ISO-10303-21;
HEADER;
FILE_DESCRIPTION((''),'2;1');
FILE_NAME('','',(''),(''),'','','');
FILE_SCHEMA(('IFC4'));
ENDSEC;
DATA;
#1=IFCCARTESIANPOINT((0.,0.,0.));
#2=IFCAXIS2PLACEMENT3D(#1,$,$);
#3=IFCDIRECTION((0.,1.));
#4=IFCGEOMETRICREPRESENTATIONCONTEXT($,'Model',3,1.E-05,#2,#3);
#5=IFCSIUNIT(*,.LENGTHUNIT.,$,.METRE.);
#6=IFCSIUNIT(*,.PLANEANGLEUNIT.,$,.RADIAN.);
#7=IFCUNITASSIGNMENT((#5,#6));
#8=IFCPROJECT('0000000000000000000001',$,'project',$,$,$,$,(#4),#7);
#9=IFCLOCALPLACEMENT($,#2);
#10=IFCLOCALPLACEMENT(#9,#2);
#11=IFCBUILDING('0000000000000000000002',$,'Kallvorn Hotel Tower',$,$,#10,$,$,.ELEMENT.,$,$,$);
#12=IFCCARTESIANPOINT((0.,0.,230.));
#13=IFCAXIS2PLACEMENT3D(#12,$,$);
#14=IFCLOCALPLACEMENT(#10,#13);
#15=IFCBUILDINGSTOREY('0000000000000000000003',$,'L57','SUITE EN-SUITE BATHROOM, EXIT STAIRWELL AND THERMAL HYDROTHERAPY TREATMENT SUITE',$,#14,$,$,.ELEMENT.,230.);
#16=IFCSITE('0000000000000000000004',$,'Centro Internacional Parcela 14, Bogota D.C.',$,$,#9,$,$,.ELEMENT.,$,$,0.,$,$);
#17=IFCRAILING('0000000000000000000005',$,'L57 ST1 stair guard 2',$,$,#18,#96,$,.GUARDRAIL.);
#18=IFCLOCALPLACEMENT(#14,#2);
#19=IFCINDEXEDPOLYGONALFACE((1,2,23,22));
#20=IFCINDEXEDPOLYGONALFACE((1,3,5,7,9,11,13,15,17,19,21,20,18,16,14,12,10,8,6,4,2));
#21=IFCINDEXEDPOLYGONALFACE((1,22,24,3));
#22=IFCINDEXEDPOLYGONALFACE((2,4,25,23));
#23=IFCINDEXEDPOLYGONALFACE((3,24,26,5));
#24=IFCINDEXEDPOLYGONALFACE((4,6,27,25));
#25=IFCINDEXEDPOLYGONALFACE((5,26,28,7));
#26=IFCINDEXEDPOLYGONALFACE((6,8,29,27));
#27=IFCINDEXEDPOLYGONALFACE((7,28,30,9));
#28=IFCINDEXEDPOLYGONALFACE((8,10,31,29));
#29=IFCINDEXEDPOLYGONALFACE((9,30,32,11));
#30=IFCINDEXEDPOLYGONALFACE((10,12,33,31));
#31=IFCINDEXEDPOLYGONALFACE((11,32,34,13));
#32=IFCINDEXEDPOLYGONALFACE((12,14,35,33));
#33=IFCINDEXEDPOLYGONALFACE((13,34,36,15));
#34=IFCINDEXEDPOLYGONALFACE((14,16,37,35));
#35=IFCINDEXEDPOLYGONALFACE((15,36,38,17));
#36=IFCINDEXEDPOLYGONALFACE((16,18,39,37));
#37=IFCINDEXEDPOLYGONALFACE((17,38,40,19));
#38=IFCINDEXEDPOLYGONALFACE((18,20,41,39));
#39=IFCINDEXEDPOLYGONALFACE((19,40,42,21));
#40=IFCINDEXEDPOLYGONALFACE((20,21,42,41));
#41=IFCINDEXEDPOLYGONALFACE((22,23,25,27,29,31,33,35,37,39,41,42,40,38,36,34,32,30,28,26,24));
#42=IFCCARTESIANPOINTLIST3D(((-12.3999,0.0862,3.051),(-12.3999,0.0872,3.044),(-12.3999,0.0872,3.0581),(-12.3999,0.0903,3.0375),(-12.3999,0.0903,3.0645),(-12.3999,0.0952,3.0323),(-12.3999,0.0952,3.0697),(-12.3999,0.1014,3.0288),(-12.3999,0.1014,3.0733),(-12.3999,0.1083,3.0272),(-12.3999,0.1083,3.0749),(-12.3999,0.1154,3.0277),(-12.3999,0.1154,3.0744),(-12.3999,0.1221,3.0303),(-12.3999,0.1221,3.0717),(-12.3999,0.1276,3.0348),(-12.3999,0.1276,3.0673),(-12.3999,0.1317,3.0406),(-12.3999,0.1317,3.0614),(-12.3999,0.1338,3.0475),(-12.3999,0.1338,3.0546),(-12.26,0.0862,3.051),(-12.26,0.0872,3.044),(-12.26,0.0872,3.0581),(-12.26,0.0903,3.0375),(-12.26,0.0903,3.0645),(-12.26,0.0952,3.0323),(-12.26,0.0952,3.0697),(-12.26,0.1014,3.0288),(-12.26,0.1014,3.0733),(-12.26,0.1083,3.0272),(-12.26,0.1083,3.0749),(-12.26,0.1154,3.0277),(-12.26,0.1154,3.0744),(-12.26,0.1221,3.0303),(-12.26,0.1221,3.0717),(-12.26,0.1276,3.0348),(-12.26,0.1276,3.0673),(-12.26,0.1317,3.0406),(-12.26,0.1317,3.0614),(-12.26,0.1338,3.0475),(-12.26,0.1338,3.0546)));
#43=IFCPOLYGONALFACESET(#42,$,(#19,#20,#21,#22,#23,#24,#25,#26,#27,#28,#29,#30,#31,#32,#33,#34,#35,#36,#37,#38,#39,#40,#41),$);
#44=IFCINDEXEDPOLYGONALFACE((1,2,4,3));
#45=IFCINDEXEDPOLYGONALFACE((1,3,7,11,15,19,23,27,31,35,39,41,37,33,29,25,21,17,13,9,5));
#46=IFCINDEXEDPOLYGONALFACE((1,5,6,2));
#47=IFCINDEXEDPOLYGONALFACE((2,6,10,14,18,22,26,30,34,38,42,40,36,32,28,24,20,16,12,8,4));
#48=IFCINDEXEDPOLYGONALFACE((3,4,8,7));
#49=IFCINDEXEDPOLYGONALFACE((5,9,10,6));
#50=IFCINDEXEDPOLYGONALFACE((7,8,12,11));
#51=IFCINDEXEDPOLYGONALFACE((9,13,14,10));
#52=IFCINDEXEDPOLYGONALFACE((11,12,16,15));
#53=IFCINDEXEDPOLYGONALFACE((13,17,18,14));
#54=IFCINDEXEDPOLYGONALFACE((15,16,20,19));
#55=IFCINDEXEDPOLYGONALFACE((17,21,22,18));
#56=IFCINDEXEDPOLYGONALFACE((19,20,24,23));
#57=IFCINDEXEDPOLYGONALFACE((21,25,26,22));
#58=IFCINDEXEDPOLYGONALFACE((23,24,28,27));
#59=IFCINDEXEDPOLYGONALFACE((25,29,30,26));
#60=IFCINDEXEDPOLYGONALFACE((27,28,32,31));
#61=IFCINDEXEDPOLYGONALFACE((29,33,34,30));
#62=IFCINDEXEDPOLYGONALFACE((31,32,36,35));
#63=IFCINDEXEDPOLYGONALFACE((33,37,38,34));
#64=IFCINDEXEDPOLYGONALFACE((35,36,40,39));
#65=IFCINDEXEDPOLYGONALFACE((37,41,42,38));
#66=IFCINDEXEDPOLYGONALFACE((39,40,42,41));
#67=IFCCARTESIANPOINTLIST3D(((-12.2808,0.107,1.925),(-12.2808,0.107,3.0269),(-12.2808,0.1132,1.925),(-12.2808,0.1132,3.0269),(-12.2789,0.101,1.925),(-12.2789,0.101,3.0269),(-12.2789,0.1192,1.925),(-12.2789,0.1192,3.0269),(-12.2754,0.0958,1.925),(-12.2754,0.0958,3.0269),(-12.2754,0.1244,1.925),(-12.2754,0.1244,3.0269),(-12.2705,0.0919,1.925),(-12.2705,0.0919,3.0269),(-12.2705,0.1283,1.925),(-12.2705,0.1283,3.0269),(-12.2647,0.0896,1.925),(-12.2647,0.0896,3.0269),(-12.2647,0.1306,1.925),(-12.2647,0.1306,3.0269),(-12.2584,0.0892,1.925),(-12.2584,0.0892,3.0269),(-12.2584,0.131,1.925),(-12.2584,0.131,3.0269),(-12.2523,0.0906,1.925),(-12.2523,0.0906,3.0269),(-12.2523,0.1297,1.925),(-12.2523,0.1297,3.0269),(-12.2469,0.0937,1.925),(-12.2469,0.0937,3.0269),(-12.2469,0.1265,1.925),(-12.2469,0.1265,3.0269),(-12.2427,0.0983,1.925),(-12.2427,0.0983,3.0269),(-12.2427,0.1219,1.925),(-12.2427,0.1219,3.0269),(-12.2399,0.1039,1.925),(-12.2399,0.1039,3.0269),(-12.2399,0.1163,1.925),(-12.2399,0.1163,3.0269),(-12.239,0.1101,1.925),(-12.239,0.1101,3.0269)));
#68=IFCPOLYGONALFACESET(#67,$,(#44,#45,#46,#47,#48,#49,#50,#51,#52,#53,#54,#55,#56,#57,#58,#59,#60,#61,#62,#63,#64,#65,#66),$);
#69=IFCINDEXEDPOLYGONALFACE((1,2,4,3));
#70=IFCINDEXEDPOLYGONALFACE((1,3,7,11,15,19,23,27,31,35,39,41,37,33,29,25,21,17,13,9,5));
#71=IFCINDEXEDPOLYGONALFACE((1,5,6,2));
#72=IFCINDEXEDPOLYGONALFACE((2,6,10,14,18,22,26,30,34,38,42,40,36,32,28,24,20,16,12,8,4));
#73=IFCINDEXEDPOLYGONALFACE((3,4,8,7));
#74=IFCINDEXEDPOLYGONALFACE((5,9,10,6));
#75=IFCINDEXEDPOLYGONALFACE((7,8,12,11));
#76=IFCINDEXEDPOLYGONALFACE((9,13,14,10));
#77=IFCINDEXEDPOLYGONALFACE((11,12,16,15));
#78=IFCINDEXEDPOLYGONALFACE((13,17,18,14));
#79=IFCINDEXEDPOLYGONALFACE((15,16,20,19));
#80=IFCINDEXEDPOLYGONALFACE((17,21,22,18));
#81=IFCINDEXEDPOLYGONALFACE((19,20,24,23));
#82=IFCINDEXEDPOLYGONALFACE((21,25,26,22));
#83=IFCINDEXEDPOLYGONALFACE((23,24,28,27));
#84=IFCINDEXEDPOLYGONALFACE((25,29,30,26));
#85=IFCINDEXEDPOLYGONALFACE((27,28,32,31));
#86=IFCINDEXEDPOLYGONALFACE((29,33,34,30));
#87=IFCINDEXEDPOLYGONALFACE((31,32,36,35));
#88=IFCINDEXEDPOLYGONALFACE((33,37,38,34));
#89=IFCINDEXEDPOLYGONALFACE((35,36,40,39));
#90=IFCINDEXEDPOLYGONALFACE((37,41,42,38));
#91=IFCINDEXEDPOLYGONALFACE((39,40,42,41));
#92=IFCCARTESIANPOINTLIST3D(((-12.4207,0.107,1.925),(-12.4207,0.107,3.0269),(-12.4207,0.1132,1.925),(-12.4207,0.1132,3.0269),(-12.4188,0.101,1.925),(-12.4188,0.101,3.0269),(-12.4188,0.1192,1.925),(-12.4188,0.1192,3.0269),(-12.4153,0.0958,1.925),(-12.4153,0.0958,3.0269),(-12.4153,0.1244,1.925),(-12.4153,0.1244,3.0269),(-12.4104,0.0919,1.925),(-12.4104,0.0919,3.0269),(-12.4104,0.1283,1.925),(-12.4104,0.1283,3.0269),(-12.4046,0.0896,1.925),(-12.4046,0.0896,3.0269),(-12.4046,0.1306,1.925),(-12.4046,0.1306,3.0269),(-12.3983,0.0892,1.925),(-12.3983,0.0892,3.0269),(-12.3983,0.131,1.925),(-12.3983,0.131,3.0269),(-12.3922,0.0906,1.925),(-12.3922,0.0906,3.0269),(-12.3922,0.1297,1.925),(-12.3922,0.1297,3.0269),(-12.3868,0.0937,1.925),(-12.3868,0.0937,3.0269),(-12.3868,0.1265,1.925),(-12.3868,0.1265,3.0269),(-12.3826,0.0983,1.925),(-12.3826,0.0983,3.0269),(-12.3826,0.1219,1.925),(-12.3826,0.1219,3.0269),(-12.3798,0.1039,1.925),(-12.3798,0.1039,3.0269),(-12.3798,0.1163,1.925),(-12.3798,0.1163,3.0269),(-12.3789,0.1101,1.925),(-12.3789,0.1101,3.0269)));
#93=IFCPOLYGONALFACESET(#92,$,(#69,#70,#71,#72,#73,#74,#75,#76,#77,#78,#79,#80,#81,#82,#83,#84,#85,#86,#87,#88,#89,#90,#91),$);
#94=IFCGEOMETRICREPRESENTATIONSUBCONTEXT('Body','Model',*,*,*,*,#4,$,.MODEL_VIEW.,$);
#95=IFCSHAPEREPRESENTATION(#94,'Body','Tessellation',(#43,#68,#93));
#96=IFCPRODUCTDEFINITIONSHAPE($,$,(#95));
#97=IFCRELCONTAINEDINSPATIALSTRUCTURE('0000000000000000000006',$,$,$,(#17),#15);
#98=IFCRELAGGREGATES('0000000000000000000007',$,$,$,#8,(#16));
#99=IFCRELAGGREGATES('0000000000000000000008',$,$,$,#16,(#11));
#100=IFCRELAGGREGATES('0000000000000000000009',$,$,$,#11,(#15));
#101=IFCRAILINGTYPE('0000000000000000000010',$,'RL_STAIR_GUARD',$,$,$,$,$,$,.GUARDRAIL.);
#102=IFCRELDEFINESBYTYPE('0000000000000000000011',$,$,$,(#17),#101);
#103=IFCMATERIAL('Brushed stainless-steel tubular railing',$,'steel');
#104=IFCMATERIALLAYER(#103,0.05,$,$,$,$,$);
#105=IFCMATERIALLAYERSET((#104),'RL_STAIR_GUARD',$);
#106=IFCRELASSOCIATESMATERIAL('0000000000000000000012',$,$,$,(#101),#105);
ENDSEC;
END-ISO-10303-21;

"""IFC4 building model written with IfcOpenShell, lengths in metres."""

from ifc_helpers import new_model, si_unit, direction, frame, origin, origin_2d, place, context, subcontext, project, spatial, circle, extrude, material, layer, layer_set, type_object, element, save


model = new_model("IFC4")

# Units and contexts
model_context = context("Model", 3, precision=1e-05, world=origin(), true_north=direction((0.0, 1.0)))
body_context = subcontext(model_context, "Body", "Model", "MODEL_VIEW")
ifc_project = project(units=[si_unit("LENGTHUNIT", "METRE"), si_unit("PLANEANGLEUNIT", "RADIAN")], contexts=[model_context])

# Site, building, storey
site_placement = place(None, origin())
site = spatial("IfcSite", under=ifc_project, at=site_placement, Name="Centro Internacional Parcela 14, Bogota D.C.", CompositionType="ELEMENT", RefElevation=0.0)
building_placement = place(site_placement, origin())
building = spatial("IfcBuilding", under=site, at=building_placement, Name="Kallvorn Hotel Tower", CompositionType="ELEMENT")
storey_placement = place(building_placement, frame((0.0, 0.0, 230.0)))
storey = spatial("IfcBuildingStorey", under=building, at=storey_placement, Name="L57", Description="SUITE EN-SUITE BATHROOM, EXIT STAIRWELL AND THERMAL HYDROTHERAPY TREATMENT SUITE", CompositionType="ELEMENT", Elevation=230.0)

# Railing
ifc_material_1 = material(Name="Brushed stainless-steel tubular railing", Category="steel")
ifc_layer_1 = layer(ifc_material_1, 0.05)
ifc_layer_set_1 = layer_set([ifc_layer_1], Name="RL_STAIR_GUARD")
railing_type_1 = type_object("IfcRailingType", Name="RL_STAIR_GUARD", PredefinedType="GUARDRAIL", material=ifc_layer_set_1)
railing_1_placement = place(storey_placement, frame((-12.26, 0.1101, 1.925)))
element("IfcRailing", 1, at=railing_1_placement, inside=storey, type_object=railing_type_1, Name="L57 ST1 stair guard 2", PredefinedType="GUARDRAIL", context=body_context, shape_type="SweptSolid", body=[
    extrude(circle(Radius=0.0239, at=origin_2d()), frame((0.0, 0.0, 1.126), z_axis=(-1.0, 0.0, 0.0), x_axis=(0.0, -1.0, 0.0)), (0.0, 0.0, 1.0), 0.1399),
    extrude(circle(Radius=0.021, at=origin_2d()), origin(), (0.0, 0.0, 1.0), 1.1018),
    extrude(circle(Radius=0.021, at=origin_2d()), frame((-0.1399, 0.0, 0.0)), (0.0, 0.0, 1.0), 1.1018),
])

save(model, "model.ifc")
